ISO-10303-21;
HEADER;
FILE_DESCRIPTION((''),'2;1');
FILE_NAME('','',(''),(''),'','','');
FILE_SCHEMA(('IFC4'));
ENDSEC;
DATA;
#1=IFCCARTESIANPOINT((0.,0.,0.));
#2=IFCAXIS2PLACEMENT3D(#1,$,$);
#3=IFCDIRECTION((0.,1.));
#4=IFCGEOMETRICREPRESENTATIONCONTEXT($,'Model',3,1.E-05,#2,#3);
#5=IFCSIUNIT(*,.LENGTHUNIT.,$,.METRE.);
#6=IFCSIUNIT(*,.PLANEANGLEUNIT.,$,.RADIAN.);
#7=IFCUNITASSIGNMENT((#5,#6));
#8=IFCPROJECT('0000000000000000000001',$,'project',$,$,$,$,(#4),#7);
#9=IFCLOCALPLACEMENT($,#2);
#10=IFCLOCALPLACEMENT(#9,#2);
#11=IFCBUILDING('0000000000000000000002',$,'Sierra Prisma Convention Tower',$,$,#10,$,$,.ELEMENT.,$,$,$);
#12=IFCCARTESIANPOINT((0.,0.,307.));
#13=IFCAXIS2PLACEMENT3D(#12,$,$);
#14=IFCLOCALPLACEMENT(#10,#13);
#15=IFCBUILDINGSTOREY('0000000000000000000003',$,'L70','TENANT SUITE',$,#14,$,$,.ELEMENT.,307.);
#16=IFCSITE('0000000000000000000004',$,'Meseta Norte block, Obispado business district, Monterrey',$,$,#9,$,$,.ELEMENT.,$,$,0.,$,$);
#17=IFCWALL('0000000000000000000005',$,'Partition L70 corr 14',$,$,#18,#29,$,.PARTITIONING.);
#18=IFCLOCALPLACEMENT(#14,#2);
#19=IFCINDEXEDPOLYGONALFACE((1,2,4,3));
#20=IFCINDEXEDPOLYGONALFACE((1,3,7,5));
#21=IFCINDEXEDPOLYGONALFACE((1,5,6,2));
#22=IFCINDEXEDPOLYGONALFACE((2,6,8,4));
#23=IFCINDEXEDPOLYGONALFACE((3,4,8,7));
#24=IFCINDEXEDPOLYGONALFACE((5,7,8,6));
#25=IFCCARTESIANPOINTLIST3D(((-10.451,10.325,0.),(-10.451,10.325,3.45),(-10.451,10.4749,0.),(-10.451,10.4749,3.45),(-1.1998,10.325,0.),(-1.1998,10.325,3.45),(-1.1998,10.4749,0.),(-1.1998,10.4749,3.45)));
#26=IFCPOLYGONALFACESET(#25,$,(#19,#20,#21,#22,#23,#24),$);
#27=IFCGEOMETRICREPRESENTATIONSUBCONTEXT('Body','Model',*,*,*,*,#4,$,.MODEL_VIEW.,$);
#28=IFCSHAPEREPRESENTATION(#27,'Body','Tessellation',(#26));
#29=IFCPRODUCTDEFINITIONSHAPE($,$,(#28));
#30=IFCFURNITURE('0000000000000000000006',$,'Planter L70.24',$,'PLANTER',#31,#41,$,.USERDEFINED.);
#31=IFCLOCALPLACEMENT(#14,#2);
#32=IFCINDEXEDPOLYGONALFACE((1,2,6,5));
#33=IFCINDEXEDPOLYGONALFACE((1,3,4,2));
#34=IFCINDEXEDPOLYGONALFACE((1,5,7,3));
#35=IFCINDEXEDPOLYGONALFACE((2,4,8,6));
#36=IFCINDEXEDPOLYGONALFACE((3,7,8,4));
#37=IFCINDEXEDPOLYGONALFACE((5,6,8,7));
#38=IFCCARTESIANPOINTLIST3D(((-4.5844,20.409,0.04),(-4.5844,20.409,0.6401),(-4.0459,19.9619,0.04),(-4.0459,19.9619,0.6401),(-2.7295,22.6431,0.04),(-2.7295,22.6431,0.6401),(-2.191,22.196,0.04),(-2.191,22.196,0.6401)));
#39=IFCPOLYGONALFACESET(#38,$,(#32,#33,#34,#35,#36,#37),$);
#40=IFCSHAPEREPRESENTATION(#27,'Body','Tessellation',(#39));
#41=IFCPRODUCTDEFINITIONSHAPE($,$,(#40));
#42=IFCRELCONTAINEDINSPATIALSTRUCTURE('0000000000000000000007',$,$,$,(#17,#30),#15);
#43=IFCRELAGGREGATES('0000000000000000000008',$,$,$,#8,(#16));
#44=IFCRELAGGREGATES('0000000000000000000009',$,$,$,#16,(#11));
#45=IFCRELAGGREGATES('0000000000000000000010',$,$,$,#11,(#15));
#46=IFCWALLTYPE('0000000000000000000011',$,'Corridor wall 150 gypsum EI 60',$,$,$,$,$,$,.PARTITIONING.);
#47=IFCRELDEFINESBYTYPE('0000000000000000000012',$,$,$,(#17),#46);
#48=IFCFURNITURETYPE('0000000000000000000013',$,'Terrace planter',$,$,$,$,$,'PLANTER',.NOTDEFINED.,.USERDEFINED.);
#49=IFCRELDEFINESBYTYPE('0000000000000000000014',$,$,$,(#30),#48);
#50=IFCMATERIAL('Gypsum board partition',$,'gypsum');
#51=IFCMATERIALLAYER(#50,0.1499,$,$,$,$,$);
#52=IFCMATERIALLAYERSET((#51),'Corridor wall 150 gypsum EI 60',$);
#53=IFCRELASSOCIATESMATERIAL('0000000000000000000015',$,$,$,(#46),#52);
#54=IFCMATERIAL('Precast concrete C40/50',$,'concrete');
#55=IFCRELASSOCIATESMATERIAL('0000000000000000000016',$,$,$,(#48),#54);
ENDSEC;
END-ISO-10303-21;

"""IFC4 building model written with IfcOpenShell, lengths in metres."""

from ifc_helpers import new_model, si_unit, direction, frame, frame_2d, origin, origin_2d, place, context, subcontext, project, spatial, rectangle, extrude, material, layer, layer_set, type_object, element, save


model = new_model("IFC4")

# Units and contexts
model_context = context("Model", 3, precision=1e-05, world=origin(), true_north=direction((0.0, 1.0)))
body_context = subcontext(model_context, "Body", "Model", "MODEL_VIEW")
ifc_project = project(units=[si_unit("LENGTHUNIT", "METRE"), si_unit("PLANEANGLEUNIT", "RADIAN")], contexts=[model_context])

# Site, building, storey
site_placement = place(None, origin())
site = spatial("IfcSite", under=ifc_project, at=site_placement, Name="Meseta Norte block, Obispado business district, Monterrey", CompositionType="ELEMENT", RefElevation=0.0)
building_placement = place(site_placement, origin())
building = spatial("IfcBuilding", under=site, at=building_placement, Name="Sierra Prisma Convention Tower", CompositionType="ELEMENT")
storey_placement = place(building_placement, frame((0.0, 0.0, 307.0)))
storey = spatial("IfcBuildingStorey", under=building, at=storey_placement, Name="L70", Description="TENANT SUITE", CompositionType="ELEMENT", Elevation=307.0)

# Shared definitions
ifc_material_1 = material(Name="Gypsum board partition", Category="gypsum")
ifc_layer_1 = layer(ifc_material_1, 0.1499)
ifc_layer_set_1 = layer_set([ifc_layer_1], Name="Corridor wall 150 gypsum EI 60")
wall_type = type_object("IfcWallType", Name="Corridor wall 150 gypsum EI 60", PredefinedType="PARTITIONING", material=ifc_layer_set_1)

# Wall
wall_1_placement = place(storey_placement, frame((-1.2, 10.3999, 0.0), z_axis=(0.0, 0.0, 1.0), x_axis=(-1.0, 0.0, 0.0)))
element("IfcWall", 1, at=wall_1_placement, inside=storey, type_object=wall_type, Name="Partition L70 corr 14", PredefinedType="PARTITIONING", context=body_context, shape_type="SweptSolid", body=[
    extrude(rectangle(XDim=9.2512, YDim=0.1499, at=frame_2d((4.6255, 0.0))), origin(), (0.0, 0.0, 1.0), 3.45),
])

# Furniture
ifc_material_2 = material(Name="Precast concrete C40/50", Category="concrete")
furniture_type = type_object("IfcFurnitureType", Name="Terrace planter", ElementType="PLANTER", AssemblyPlace="NOTDEFINED", PredefinedType="USERDEFINED", material=ifc_material_2)
furniture_placement = place(storey_placement, frame((-3.3877, 21.3025, 0.04), z_axis=(0.0, 0.0, 1.0), x_axis=(-0.638784, -0.769386, 0.0)))
element("IfcFurniture", 2, at=furniture_placement, inside=storey, type_object=furniture_type, Name="Planter L70.24", ObjectType="PLANTER", PredefinedType="USERDEFINED", context=body_context, shape_type="SweptSolid", body=[
    extrude(rectangle(XDim=2.9038, YDim=0.7, at=origin_2d()), origin(), (0.0, 0.0, 1.0), 0.6001),
])

save(model, "model.ifc")
